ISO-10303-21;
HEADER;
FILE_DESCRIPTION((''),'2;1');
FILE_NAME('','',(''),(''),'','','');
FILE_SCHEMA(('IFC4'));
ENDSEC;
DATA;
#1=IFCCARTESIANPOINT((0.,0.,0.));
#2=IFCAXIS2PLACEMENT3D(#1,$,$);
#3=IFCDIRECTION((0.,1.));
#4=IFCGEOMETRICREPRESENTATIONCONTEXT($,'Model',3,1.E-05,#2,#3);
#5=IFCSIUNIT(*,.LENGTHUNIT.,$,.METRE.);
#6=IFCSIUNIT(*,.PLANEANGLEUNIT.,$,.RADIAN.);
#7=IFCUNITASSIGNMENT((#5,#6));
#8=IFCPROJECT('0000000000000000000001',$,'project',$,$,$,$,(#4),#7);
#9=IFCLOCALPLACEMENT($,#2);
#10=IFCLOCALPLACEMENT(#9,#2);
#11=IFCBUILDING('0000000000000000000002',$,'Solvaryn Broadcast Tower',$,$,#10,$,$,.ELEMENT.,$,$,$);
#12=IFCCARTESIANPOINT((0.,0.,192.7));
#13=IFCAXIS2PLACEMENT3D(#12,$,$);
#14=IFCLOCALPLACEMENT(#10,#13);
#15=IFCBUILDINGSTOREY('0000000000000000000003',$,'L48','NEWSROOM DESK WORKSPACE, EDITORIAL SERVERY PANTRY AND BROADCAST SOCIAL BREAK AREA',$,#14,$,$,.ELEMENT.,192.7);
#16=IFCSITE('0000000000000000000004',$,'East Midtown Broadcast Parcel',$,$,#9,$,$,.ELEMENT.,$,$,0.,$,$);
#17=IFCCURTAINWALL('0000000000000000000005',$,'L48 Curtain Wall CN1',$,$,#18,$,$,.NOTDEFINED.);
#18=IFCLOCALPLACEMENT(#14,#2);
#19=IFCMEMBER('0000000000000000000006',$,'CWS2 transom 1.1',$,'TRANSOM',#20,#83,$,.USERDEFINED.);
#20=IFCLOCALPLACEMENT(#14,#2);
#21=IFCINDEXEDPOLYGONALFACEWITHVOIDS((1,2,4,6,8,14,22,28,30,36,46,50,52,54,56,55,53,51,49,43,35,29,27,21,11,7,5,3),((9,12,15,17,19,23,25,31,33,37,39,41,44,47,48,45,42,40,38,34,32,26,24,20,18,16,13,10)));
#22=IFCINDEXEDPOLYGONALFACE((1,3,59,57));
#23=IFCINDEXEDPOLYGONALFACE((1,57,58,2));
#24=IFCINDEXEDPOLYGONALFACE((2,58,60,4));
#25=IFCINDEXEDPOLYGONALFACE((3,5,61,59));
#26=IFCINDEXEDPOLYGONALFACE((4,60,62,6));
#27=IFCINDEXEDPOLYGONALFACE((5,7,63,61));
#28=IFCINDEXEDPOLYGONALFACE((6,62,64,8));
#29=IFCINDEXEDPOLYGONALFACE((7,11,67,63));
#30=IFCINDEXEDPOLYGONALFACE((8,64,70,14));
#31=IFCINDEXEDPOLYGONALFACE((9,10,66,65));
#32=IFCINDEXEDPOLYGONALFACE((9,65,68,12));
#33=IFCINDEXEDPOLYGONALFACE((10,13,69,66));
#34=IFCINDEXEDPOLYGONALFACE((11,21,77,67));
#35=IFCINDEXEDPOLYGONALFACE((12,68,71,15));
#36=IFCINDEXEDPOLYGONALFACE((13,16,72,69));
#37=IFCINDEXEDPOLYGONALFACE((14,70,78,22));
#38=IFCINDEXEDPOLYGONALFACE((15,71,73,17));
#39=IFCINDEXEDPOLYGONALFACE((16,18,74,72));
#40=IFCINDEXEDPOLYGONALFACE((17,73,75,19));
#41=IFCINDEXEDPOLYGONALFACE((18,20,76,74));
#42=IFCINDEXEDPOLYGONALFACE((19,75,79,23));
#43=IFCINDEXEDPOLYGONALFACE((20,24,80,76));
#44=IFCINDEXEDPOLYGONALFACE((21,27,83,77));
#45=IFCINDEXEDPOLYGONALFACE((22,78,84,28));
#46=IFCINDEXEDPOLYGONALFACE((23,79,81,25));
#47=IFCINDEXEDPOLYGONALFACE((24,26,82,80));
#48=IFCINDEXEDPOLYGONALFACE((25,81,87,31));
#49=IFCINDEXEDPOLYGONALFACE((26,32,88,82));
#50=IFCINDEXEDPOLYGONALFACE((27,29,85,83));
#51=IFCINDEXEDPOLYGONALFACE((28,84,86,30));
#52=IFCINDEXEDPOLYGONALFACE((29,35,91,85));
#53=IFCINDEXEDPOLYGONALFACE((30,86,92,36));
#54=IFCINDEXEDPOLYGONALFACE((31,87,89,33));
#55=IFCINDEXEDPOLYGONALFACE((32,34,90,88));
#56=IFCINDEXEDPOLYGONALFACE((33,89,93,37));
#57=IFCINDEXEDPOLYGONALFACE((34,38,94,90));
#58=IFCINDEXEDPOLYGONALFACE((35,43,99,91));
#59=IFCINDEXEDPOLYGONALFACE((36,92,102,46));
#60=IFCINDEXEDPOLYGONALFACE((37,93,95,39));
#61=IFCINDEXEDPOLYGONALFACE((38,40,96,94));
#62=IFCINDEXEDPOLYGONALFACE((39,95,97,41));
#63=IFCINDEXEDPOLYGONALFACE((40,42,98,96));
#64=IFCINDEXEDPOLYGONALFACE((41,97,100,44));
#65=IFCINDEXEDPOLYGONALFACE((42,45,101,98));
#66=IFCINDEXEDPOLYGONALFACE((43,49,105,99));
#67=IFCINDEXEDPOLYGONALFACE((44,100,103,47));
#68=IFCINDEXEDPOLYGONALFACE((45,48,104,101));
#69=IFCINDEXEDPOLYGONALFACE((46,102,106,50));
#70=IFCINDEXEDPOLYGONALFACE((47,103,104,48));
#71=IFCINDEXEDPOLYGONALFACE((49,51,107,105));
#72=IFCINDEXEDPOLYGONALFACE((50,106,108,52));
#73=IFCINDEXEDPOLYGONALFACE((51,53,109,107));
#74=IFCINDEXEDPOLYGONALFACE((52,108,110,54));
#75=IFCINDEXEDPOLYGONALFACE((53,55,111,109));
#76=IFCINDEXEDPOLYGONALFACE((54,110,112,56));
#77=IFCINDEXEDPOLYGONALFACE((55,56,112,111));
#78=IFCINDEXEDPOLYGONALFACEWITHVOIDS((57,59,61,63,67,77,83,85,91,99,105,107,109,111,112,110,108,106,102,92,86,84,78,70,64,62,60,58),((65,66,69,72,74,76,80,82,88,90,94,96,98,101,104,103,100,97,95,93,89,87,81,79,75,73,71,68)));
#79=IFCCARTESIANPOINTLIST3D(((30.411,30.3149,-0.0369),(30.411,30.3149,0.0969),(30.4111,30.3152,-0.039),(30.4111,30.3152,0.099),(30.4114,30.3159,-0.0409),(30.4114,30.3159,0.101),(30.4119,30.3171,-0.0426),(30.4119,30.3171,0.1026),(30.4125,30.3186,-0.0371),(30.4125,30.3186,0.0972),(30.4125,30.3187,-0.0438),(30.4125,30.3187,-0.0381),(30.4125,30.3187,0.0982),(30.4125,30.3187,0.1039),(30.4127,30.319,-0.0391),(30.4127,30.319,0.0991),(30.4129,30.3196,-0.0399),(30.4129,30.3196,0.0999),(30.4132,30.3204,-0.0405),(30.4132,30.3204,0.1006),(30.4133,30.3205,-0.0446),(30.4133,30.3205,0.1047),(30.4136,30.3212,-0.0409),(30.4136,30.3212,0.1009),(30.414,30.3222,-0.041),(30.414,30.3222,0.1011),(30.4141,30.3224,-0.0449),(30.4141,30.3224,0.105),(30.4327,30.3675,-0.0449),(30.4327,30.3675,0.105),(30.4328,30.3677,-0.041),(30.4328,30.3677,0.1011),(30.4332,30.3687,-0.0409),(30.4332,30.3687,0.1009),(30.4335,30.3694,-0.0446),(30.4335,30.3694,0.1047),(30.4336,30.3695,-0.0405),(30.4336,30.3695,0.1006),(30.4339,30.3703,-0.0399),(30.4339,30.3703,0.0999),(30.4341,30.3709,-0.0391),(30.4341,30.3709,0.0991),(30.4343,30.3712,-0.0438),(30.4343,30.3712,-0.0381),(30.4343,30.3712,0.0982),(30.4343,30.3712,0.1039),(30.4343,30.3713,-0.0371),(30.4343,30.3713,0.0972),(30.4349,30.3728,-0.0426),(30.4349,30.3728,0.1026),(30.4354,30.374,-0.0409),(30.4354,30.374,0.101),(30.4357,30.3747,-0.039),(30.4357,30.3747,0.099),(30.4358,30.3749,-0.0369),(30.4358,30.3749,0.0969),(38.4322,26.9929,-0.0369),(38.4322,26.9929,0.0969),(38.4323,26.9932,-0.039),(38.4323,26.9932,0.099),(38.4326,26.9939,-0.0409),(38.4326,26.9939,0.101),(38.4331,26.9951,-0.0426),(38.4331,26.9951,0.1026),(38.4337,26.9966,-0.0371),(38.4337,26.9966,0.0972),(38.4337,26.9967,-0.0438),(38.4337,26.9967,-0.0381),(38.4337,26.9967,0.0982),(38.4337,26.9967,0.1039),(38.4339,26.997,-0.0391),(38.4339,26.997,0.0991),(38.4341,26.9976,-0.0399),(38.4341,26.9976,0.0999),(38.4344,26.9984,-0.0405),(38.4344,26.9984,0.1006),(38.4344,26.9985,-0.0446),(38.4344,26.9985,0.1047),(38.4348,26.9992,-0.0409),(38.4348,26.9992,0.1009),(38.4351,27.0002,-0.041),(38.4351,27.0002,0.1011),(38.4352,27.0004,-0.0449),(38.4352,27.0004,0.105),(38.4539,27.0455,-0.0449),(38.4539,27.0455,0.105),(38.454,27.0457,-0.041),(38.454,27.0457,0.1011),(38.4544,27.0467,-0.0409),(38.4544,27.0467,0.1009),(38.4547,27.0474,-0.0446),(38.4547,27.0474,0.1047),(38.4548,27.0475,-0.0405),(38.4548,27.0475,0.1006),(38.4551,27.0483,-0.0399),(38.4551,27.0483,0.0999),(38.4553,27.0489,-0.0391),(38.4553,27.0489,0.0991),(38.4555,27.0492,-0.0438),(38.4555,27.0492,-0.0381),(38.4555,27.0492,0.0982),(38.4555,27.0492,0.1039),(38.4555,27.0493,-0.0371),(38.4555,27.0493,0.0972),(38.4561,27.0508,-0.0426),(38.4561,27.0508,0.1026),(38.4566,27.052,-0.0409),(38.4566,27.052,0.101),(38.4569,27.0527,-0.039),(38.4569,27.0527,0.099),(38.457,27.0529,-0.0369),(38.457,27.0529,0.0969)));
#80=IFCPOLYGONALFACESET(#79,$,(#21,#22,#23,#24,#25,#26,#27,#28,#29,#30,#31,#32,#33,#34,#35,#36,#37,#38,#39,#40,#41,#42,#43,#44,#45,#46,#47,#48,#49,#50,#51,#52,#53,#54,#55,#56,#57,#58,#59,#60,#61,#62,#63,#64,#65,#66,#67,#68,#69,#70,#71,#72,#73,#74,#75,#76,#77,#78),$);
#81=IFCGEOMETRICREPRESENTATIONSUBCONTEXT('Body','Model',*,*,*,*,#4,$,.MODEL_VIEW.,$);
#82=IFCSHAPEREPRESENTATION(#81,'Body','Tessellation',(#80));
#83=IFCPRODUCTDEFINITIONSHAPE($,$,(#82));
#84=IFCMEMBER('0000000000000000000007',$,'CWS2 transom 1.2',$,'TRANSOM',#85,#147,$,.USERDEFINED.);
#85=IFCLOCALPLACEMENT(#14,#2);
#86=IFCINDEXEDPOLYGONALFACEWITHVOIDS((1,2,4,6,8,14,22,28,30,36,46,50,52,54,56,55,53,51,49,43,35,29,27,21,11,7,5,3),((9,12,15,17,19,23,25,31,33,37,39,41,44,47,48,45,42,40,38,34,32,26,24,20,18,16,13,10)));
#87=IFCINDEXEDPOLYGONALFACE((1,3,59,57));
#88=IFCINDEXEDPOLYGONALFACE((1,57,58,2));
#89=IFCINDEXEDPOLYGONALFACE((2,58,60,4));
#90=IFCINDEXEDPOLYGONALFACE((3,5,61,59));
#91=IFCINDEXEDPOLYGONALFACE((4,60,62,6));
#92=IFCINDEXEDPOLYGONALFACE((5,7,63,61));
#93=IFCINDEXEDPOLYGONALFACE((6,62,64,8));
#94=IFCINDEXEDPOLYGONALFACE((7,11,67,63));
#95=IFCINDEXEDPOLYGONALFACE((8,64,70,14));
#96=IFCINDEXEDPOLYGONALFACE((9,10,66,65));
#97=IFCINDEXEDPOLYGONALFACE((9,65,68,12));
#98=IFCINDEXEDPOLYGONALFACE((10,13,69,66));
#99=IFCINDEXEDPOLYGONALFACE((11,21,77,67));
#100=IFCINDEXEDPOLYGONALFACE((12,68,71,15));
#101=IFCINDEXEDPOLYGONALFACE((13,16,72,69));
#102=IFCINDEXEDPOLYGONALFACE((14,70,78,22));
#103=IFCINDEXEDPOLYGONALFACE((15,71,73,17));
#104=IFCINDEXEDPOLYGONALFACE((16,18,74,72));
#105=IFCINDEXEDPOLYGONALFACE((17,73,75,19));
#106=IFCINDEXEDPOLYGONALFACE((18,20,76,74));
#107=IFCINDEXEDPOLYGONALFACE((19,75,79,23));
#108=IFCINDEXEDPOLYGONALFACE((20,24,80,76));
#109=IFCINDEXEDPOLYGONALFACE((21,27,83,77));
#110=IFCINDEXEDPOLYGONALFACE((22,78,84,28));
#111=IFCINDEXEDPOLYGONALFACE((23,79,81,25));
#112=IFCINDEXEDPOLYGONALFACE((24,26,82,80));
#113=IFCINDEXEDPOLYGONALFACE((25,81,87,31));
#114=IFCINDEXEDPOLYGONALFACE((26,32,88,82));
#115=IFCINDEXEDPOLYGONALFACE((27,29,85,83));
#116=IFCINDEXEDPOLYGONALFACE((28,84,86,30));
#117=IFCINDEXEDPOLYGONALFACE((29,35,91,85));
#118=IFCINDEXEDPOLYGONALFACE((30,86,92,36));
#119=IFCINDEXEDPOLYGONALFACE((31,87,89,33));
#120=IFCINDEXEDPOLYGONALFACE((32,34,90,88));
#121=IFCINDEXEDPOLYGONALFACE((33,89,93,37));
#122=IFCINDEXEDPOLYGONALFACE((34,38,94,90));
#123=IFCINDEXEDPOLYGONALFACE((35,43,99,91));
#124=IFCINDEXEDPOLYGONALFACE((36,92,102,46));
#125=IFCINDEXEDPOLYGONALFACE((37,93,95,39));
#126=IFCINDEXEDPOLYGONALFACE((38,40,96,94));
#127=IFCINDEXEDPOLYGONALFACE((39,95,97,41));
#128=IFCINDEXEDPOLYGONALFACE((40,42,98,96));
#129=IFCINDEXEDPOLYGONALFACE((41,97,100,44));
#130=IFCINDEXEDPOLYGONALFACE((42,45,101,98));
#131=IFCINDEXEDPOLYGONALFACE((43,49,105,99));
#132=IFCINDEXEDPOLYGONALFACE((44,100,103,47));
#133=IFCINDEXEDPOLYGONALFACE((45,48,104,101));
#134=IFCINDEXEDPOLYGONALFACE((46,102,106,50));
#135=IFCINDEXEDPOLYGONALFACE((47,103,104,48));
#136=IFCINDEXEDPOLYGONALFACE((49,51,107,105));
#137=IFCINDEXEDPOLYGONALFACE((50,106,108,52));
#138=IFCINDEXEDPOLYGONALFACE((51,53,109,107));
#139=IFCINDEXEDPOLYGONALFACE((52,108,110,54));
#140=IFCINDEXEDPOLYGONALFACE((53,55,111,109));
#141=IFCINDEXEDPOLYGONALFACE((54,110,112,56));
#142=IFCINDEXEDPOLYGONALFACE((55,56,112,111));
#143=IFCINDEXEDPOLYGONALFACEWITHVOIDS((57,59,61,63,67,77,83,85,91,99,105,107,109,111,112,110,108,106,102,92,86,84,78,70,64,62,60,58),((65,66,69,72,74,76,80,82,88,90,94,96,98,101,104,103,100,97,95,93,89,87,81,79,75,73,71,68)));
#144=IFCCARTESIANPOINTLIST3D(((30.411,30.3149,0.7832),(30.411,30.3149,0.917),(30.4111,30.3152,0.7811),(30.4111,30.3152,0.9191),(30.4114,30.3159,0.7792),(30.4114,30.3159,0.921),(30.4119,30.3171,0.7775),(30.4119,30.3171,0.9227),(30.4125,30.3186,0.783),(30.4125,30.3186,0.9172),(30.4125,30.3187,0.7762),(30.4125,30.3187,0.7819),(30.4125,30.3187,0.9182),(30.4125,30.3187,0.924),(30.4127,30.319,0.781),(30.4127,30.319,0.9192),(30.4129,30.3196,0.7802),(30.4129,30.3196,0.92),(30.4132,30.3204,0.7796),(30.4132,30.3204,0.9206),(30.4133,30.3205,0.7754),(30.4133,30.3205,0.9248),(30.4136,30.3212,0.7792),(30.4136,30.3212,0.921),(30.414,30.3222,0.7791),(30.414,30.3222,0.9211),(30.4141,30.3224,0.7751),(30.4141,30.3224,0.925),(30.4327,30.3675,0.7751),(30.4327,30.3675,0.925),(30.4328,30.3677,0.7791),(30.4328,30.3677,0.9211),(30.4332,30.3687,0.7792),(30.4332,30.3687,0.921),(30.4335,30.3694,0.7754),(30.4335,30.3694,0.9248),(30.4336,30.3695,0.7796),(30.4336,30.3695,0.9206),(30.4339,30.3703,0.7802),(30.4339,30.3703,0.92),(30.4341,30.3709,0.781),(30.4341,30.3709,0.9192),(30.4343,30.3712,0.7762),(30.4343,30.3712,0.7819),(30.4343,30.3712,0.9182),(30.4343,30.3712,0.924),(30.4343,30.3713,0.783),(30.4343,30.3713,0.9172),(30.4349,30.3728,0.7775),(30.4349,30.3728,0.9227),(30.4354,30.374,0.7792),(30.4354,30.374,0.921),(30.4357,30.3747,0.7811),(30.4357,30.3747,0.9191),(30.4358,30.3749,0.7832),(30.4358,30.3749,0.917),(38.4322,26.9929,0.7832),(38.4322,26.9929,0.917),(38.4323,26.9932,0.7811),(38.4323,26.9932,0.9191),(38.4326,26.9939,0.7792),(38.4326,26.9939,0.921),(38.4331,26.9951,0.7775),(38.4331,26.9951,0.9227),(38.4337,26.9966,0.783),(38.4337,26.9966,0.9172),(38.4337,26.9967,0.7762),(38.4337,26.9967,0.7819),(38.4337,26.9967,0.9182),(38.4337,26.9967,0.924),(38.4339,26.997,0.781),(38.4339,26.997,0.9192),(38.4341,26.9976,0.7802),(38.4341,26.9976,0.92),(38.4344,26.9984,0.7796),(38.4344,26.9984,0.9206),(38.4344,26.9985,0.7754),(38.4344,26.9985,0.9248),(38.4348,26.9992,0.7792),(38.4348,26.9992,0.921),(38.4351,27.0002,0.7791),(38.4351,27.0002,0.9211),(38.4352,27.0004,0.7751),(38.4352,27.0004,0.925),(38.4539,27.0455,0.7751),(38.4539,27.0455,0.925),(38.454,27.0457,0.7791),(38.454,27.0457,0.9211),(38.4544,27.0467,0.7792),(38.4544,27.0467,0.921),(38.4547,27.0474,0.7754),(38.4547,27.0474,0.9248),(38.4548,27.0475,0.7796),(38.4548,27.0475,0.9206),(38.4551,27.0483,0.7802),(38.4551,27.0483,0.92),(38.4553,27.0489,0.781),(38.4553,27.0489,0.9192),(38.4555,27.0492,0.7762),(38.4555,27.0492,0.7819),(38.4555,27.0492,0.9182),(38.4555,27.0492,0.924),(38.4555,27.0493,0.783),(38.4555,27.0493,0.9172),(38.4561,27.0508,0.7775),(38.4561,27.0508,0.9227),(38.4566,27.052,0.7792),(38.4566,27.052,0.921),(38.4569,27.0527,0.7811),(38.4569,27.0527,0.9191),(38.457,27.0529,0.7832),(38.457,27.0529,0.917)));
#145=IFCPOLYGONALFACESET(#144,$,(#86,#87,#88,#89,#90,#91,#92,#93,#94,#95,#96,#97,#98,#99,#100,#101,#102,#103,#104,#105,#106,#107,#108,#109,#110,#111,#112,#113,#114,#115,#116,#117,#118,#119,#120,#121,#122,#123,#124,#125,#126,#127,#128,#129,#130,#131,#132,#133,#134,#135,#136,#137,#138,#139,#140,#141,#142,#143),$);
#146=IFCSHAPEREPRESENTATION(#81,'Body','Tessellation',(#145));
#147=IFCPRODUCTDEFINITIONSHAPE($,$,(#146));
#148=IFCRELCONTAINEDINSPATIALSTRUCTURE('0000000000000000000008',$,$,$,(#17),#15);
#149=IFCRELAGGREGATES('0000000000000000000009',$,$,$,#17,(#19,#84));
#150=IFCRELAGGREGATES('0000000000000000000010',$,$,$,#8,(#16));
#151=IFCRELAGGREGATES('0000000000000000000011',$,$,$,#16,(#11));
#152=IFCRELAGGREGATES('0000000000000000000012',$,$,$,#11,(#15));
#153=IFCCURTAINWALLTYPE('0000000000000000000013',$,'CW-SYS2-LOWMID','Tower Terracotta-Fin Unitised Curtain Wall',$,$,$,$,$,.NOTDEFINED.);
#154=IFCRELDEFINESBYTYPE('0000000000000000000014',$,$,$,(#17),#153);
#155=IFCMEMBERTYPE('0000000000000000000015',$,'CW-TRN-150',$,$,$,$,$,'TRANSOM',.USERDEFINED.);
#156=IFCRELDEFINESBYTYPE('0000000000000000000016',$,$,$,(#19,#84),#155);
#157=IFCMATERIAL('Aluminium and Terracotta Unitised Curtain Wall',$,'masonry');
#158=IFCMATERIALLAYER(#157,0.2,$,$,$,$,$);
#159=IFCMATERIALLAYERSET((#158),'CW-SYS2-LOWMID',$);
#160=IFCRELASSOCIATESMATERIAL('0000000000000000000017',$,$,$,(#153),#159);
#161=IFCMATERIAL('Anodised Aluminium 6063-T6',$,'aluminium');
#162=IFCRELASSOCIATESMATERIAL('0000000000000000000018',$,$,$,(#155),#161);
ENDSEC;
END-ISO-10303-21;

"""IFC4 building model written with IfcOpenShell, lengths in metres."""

from ifc_helpers import new_model, si_unit, direction, frame, origin, origin_2d, place, context, subcontext, project, spatial, hollow_rectangle, extrude, material, layer, layer_set, material_profile, profile_set, type_object, element, aggregate, save


model = new_model("IFC4")

# Units and contexts
model_context = context("Model", 3, precision=1e-05, world=origin(), true_north=direction((0.0, 1.0)))
body_context = subcontext(model_context, "Body", "Model", "MODEL_VIEW")
ifc_project = project(units=[si_unit("LENGTHUNIT", "METRE"), si_unit("PLANEANGLEUNIT", "RADIAN")], contexts=[model_context])

# Site, building, storey
site_placement = place(None, origin())
site = spatial("IfcSite", under=ifc_project, at=site_placement, Name="East Midtown Broadcast Parcel", CompositionType="ELEMENT", RefElevation=0.0)
building_placement = place(site_placement, origin())
building = spatial("IfcBuilding", under=site, at=building_placement, Name="Solvaryn Broadcast Tower", CompositionType="ELEMENT")
storey_placement = place(building_placement, frame((0.0, 0.0, 192.7)))
storey = spatial("IfcBuildingStorey", under=building, at=storey_placement, Name="L48", Description="NEWSROOM DESK WORKSPACE, EDITORIAL SERVERY PANTRY AND BROADCAST SOCIAL BREAK AREA", CompositionType="ELEMENT", Elevation=192.7)

# Curtain wall
ifc_material_1 = material(Name="Aluminium and Terracotta Unitised Curtain Wall", Category="masonry")
ifc_layer_1 = layer(ifc_material_1, 0.2)
ifc_layer_set_1 = layer_set([ifc_layer_1], Name="CW-SYS2-LOWMID")
curtain_wall_type = type_object("IfcCurtainWallType", Name="CW-SYS2-LOWMID", Description="Tower Terracotta-Fin Unitised Curtain Wall", PredefinedType="NOTDEFINED", material=ifc_layer_set_1)
curtain_wall_1_placement = place(storey_placement, origin())
curtain_wall_1 = element("IfcCurtainWall", 1, at=curtain_wall_1_placement, inside=storey, type_object=curtain_wall_type, Name="L48 Curtain Wall CN1", PredefinedType="NOTDEFINED")

# Members
ifc_material_2 = material(Name="Anodised Aluminium 6063-T6", Category="aluminium")
ifc_material_profile_1 = material_profile(ifc_material_2, hollow_rectangle(XDim=0.0649, YDim=0.1499, WallThickness=0.0039, InnerFilletRadius=0.0039, OuterFilletRadius=0.0081, at=origin_2d()))
ifc_profile_set_1 = profile_set([ifc_material_profile_1], Name="Anodised Aluminium 6063-T6")
member_type_1 = type_object("IfcMemberType", Name="CW-TRN-150", ElementType="TRANSOM", PredefinedType="USERDEFINED", material=ifc_profile_set_1)
member_1_placement = place(storey_placement, frame((38.4446, 27.0229, 0.03), z_axis=(-0.923899, 0.382636, 0.0), x_axis=(-0.382636, -0.923899, 0.0)))
member_1 = element("IfcMember", 2, at=member_1_placement, type_object=member_type_1, Name="CWS2 transom 1.1", ObjectType="TRANSOM", PredefinedType="USERDEFINED", context=body_context, shape_type="SweptSolid", body=[
    extrude(hollow_rectangle(XDim=0.0649, YDim=0.1499, WallThickness=0.0039, InnerFilletRadius=0.0039, OuterFilletRadius=0.0081, at=origin_2d()), origin(), (0.0, 0.0, 1.0), 8.6819),
])
member_2_placement = place(storey_placement, frame((38.4446, 27.0229, 0.8501), z_axis=(-0.923899, 0.382636, 0.0), x_axis=(-0.382636, -0.923899, 0.0)))
member_2 = element("IfcMember", 3, at=member_2_placement, type_object=member_type_1, Name="CWS2 transom 1.2", ObjectType="TRANSOM", PredefinedType="USERDEFINED", context=body_context, shape_type="SweptSolid", body=[
    extrude(hollow_rectangle(XDim=0.0649, YDim=0.1499, WallThickness=0.0039, InnerFilletRadius=0.0039, OuterFilletRadius=0.0081, at=origin_2d()), origin(), (0.0, 0.0, 1.0), 8.6819),
])
aggregate(curtain_wall_1, [member_1, member_2])

save(model, "model.ifc")
